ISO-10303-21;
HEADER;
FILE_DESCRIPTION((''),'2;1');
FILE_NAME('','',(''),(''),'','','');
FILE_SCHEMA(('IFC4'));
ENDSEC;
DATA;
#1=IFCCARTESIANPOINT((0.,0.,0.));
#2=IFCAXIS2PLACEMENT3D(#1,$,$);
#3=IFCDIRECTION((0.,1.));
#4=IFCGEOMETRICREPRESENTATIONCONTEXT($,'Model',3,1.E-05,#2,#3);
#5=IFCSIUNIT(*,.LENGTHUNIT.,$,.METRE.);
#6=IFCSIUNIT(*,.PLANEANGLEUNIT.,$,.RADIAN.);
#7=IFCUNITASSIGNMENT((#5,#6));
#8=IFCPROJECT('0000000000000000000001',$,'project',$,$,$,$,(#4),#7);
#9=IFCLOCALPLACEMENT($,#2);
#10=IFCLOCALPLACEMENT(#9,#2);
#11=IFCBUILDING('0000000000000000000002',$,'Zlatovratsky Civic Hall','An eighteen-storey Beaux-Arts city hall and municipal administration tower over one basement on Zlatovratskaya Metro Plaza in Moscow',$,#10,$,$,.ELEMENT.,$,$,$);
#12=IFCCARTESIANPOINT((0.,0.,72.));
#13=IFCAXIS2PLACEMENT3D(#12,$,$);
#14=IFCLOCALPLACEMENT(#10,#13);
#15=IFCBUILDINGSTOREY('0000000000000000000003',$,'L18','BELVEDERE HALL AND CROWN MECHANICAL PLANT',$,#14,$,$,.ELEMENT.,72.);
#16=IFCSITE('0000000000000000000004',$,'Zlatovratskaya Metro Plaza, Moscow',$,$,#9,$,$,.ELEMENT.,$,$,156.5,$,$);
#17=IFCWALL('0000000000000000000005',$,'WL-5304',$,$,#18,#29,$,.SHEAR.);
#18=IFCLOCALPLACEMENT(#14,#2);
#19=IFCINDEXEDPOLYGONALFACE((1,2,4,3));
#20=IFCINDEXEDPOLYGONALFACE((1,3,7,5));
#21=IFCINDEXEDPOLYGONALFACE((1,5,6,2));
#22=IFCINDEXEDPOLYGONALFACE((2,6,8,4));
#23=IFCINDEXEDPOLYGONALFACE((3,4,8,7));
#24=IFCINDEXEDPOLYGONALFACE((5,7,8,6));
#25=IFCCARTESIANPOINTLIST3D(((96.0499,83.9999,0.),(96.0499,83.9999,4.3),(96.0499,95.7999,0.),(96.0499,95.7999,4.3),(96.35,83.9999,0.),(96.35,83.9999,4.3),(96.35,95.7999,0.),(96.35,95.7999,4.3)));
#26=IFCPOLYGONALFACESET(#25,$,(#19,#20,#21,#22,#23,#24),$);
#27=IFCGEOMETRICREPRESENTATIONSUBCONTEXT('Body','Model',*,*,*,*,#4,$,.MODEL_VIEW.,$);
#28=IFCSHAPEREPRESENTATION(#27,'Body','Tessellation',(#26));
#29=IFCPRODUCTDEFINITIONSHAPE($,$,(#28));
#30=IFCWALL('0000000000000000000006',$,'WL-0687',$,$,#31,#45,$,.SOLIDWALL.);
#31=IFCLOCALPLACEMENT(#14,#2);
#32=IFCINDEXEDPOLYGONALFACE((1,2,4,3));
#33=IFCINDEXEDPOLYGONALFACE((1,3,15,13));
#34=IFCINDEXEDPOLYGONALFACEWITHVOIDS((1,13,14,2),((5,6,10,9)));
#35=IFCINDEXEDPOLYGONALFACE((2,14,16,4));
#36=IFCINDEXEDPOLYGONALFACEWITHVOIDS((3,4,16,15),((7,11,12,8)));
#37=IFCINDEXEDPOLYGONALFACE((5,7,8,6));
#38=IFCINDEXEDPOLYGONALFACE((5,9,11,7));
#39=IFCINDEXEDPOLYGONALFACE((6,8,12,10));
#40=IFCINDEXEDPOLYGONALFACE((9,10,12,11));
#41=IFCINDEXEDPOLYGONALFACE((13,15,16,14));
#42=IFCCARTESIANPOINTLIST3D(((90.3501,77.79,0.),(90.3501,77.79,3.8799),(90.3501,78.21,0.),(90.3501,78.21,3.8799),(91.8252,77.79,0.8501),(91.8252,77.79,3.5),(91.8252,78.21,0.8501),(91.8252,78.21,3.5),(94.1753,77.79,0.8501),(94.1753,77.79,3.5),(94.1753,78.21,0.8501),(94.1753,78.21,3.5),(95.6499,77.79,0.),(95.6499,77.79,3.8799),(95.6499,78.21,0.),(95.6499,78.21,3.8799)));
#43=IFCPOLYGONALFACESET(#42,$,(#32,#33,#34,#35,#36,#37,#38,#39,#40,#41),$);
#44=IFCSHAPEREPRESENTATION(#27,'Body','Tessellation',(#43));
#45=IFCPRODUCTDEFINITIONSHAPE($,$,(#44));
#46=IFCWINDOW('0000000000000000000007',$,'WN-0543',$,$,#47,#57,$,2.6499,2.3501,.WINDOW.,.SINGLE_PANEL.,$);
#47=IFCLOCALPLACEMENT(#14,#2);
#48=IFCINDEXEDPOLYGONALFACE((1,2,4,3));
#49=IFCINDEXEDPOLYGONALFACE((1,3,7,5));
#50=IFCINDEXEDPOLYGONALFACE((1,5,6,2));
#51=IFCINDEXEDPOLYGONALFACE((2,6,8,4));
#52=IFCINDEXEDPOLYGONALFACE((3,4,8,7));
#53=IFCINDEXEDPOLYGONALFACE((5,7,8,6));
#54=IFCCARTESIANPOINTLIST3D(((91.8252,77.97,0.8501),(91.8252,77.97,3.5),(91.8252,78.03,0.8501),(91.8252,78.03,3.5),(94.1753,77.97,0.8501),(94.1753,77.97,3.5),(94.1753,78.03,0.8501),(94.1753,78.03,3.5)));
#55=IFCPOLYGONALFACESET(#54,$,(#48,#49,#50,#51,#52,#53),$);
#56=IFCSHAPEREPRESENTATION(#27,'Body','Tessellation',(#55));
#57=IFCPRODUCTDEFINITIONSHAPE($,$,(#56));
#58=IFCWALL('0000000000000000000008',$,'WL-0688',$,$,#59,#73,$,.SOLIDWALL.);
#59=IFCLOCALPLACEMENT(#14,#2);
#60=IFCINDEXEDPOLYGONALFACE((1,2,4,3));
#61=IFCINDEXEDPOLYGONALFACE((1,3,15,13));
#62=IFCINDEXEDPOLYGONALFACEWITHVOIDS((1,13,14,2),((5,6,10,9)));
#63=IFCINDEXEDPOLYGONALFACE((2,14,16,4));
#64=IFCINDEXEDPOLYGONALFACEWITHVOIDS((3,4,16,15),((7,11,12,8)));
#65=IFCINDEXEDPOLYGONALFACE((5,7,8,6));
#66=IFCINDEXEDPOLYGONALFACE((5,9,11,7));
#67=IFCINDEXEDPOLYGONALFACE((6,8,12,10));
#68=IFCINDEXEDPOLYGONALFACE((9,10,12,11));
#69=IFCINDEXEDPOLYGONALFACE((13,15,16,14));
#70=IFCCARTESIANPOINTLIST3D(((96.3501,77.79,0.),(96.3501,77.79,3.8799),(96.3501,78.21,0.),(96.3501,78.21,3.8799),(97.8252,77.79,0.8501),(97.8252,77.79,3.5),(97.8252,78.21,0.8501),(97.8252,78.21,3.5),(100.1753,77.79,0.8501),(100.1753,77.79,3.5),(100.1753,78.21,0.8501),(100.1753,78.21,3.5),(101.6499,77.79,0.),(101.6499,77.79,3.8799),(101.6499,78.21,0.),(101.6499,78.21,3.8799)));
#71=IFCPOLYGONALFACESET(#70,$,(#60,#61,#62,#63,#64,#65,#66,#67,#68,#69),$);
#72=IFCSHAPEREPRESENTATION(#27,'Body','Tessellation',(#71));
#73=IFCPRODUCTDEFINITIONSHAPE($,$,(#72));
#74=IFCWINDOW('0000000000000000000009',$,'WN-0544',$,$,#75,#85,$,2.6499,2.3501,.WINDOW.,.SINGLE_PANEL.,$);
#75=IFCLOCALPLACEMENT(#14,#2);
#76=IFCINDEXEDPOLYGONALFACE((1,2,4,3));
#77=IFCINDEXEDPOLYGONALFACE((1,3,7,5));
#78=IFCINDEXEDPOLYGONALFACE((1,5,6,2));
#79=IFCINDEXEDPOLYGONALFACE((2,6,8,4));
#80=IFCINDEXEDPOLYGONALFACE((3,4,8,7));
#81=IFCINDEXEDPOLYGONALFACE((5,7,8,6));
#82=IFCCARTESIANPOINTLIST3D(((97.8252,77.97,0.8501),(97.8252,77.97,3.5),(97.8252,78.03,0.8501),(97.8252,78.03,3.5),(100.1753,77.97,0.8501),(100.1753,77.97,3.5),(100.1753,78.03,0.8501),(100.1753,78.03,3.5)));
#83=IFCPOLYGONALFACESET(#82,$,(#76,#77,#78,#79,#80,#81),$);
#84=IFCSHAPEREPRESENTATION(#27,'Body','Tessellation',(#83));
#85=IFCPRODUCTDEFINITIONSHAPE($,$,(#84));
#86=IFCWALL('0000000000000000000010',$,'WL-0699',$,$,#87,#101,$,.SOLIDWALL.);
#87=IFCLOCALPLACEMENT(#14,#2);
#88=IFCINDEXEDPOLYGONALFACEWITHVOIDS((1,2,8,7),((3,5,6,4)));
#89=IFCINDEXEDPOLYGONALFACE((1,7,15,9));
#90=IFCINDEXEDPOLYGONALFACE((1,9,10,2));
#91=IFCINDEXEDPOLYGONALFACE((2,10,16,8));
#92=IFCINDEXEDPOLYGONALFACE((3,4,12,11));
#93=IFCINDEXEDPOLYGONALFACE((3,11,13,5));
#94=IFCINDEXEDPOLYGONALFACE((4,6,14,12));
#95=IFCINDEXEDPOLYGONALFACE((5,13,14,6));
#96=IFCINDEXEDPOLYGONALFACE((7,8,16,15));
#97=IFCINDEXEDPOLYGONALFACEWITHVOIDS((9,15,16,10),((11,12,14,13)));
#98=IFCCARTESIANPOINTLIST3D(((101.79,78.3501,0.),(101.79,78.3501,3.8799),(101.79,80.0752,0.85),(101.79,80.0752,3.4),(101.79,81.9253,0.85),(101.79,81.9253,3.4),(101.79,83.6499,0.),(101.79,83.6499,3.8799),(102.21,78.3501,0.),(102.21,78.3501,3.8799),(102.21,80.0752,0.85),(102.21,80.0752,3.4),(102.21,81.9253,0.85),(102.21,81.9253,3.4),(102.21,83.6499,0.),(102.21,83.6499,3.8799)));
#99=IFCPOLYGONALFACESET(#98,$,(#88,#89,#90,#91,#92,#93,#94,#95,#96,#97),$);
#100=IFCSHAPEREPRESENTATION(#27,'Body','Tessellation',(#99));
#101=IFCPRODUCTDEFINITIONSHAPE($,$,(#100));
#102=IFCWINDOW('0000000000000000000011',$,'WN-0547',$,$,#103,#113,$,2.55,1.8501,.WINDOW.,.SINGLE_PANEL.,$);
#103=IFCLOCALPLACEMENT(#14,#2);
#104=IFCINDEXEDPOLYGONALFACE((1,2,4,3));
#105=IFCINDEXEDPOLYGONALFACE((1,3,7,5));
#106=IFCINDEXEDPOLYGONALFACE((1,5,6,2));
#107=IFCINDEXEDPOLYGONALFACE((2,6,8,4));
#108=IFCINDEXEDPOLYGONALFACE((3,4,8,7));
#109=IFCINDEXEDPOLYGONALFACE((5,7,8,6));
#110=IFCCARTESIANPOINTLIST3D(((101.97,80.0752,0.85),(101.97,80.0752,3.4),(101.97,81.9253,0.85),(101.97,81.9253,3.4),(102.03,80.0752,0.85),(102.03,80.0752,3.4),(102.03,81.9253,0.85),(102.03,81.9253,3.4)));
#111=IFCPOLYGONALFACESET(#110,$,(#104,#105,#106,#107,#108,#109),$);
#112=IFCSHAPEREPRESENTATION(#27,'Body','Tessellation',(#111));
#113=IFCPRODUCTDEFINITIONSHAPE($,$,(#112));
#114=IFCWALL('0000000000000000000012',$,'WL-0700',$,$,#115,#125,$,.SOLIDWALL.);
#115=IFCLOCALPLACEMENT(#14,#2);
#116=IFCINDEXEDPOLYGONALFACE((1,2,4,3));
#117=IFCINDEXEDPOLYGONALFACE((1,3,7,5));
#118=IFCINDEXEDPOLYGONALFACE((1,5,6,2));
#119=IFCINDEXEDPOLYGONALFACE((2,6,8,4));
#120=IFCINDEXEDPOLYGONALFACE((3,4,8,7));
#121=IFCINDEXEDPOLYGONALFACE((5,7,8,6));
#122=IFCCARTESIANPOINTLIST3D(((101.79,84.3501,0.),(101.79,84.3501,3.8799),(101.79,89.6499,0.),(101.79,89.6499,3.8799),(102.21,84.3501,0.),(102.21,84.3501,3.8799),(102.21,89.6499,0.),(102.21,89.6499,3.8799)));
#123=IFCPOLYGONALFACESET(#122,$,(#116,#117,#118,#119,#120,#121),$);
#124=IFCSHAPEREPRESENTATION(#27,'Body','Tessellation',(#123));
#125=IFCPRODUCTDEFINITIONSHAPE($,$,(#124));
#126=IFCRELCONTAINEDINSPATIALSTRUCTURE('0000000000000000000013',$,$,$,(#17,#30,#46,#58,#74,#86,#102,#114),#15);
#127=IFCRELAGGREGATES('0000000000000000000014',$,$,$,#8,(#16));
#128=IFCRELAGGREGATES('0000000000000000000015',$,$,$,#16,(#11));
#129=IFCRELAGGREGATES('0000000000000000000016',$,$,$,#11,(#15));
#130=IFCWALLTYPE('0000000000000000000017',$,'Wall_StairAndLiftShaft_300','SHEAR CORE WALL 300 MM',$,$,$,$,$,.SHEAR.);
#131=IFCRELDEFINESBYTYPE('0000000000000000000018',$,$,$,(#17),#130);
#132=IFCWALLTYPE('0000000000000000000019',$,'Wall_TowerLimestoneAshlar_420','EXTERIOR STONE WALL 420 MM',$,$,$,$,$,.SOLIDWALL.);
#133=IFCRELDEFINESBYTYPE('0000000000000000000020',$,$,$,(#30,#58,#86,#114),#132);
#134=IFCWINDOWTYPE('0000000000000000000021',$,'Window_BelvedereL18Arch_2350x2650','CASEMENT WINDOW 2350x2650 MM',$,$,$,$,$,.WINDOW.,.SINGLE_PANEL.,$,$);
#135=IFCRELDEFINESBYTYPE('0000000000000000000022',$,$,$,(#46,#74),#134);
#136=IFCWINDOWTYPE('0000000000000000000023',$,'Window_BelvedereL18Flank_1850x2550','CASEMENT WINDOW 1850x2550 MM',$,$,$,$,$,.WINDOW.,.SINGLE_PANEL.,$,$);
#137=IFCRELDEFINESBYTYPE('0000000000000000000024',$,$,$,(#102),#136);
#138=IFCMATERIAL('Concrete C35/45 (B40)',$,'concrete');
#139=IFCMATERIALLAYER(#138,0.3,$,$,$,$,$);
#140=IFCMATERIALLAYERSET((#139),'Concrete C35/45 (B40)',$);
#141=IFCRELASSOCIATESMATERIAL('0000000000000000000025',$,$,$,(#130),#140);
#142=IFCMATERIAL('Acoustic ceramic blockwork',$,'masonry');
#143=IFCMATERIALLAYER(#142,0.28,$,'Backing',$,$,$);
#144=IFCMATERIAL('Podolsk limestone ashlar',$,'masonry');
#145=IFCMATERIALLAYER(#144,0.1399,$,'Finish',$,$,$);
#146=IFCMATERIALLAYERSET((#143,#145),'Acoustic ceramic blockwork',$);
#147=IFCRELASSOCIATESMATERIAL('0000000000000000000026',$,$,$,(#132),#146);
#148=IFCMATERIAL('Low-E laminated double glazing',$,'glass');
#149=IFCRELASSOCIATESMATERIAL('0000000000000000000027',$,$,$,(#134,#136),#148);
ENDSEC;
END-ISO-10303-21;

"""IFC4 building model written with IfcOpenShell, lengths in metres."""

from ifc_helpers import new_model, si_unit, direction, frame, frame_2d, origin, place, context, subcontext, project, spatial, rectangle, extrude, material, layer, layer_set, type_object, element, fill, save


model = new_model("IFC4")

# Units and contexts
model_context = context("Model", 3, precision=1e-05, world=origin(), true_north=direction((0.0, 1.0)))
body_context = subcontext(model_context, "Body", "Model", "MODEL_VIEW")
ifc_project = project(units=[si_unit("LENGTHUNIT", "METRE"), si_unit("PLANEANGLEUNIT", "RADIAN")], contexts=[model_context])

# Site, building, storey
site_placement = place(None, origin())
site = spatial("IfcSite", under=ifc_project, at=site_placement, Name="Zlatovratskaya Metro Plaza, Moscow", CompositionType="ELEMENT", RefElevation=156.5)
building_placement = place(site_placement, origin())
building = spatial("IfcBuilding", under=site, at=building_placement, Name="Zlatovratsky Civic Hall", Description="An eighteen-storey Beaux-Arts city hall and municipal administration tower over one basement on Zlatovratskaya Metro Plaza in Moscow", CompositionType="ELEMENT")
storey_placement = place(building_placement, frame((0.0, 0.0, 72.0)))
storey = spatial("IfcBuildingStorey", under=building, at=storey_placement, Name="L18", Description="BELVEDERE HALL AND CROWN MECHANICAL PLANT", CompositionType="ELEMENT", Elevation=72.0)

# Shared definitions
ifc_material_1 = material(Name="Concrete C35/45 (B40)", Category="concrete")

# Shared definitions
ifc_material_2 = material(Name="Acoustic ceramic blockwork", Category="masonry")

# Shared definitions
ifc_layer_1 = layer(ifc_material_1, 0.3)
ifc_layer_set_1 = layer_set([ifc_layer_1], Name="Concrete C35/45 (B40)")
wall_type_1 = type_object("IfcWallType", Name="Wall_StairAndLiftShaft_300", Description="SHEAR CORE WALL 300 MM", PredefinedType="SHEAR", material=ifc_layer_set_1)

# Wall
wall_1_placement = place(storey_placement, frame((96.2, 84.0, 0.0), z_axis=(0.0, 0.0, 1.0), x_axis=(0.0, 1.0, 0.0)))
element("IfcWall", 1, at=wall_1_placement, inside=storey, type_object=wall_type_1, Name="WL-5304", PredefinedType="SHEAR", context=body_context, shape_type="SweptSolid", body=[
    extrude(rectangle(XDim=11.8, YDim=0.3, at=frame_2d((5.8999, 0.0))), origin(), (0.0, 0.0, 1.0), 4.3),
])

# Walls, openings, windows
ifc_layer_2 = layer(ifc_material_2, 0.28, Name="Backing")
ifc_material_3 = material(Name="Podolsk limestone ashlar", Category="masonry")
ifc_layer_3 = layer(ifc_material_3, 0.1399, Name="Finish")
ifc_layer_set_2 = layer_set([ifc_layer_2, ifc_layer_3], Name="Acoustic ceramic blockwork")
wall_type_2 = type_object("IfcWallType", Name="Wall_TowerLimestoneAshlar_420", Description="EXTERIOR STONE WALL 420 MM", PredefinedType="SOLIDWALL", material=ifc_layer_set_2)
wall_2_placement = place(storey_placement, frame((90.3501, 78.0, 0.0), z_axis=(0.0, 0.0, 1.0), x_axis=(1.0, 0.0, 0.0)))
wall_2 = element("IfcWall", 2, at=wall_2_placement, inside=storey, type_object=wall_type_2, Name="WL-0687", PredefinedType="SOLIDWALL", context=body_context, shape_type="SweptSolid", body=[
    extrude(rectangle(XDim=5.2998, YDim=0.4199, at=frame_2d((2.6499, 0.0))), origin(), (0.0, 0.0, 1.0), 3.8799),
])
opening_1_placement = place(wall_2_placement, frame((1.4751, 0.0, 0.8501)))
opening_1 = element("IfcOpeningElement", 3, at=opening_1_placement, cuts=wall_2, PredefinedType="OPENING", context=body_context, shape_type="SweptSolid", body=[
    extrude(rectangle(XDim=2.3501, YDim=2.6499, at=frame_2d((1.175, 1.325))), frame((0.0, 0.2249, 0.0), z_axis=(0.0, -1.0, 0.0), x_axis=(1.0, 0.0, 0.0)), (0.0, 0.0, 1.0), 0.4497),
])
ifc_material_4 = material(Name="Low-E laminated double glazing", Category="glass")
window_type_1 = type_object("IfcWindowType", Name="Window_BelvedereL18Arch_2350x2650", Description="CASEMENT WINDOW 2350x2650 MM", PartitioningType="SINGLE_PANEL", PredefinedType="WINDOW", material=ifc_material_4)
window_1_placement = place(opening_1_placement, origin())
window_1 = element("IfcWindow", 4, at=window_1_placement, inside=storey, type_object=window_type_1, Name="WN-0543", OverallHeight=2.6499, OverallWidth=2.3501, PartitioningType="SINGLE_PANEL", PredefinedType="WINDOW", context=body_context, shape_type="SweptSolid", body=[
    extrude(rectangle(XDim=2.3501, YDim=2.6499, at=frame_2d((1.175, 1.325))), frame((0.0, 0.03, 0.0), z_axis=(0.0, -1.0, 0.0), x_axis=(1.0, 0.0, 0.0)), (0.0, 0.0, 1.0), 0.0601),
])
fill(opening_1, window_1)
wall_3_placement = place(storey_placement, frame((96.3501, 78.0, 0.0), z_axis=(0.0, 0.0, 1.0), x_axis=(1.0, 0.0, 0.0)))
wall_3 = element("IfcWall", 5, at=wall_3_placement, inside=storey, type_object=wall_type_2, Name="WL-0688", PredefinedType="SOLIDWALL", context=body_context, shape_type="SweptSolid", body=[
    extrude(rectangle(XDim=5.2998, YDim=0.4199, at=frame_2d((2.6499, 0.0))), origin(), (0.0, 0.0, 1.0), 3.8799),
])
opening_2_placement = place(wall_3_placement, frame((1.4751, 0.0, 0.8501)))
opening_2 = element("IfcOpeningElement", 6, at=opening_2_placement, cuts=wall_3, PredefinedType="OPENING", context=body_context, shape_type="SweptSolid", body=[
    extrude(rectangle(XDim=2.3501, YDim=2.6499, at=frame_2d((1.175, 1.325))), frame((0.0, 0.2249, 0.0), z_axis=(0.0, -1.0, 0.0), x_axis=(1.0, 0.0, 0.0)), (0.0, 0.0, 1.0), 0.4497),
])
window_2_placement = place(opening_2_placement, origin())
window_2 = element("IfcWindow", 7, at=window_2_placement, inside=storey, type_object=window_type_1, Name="WN-0544", OverallHeight=2.6499, OverallWidth=2.3501, PartitioningType="SINGLE_PANEL", PredefinedType="WINDOW", context=body_context, shape_type="SweptSolid", body=[
    extrude(rectangle(XDim=2.3501, YDim=2.6499, at=frame_2d((1.175, 1.325))), frame((0.0, 0.03, 0.0), z_axis=(0.0, -1.0, 0.0), x_axis=(1.0, 0.0, 0.0)), (0.0, 0.0, 1.0), 0.0601),
])
fill(opening_2, window_2)
wall_4_placement = place(storey_placement, frame((102.0, 78.3501, 0.0), z_axis=(0.0, 0.0, 1.0), x_axis=(0.0, 1.0, 0.0)))
wall_4 = element("IfcWall", 8, at=wall_4_placement, inside=storey, type_object=wall_type_2, Name="WL-0699", PredefinedType="SOLIDWALL", context=body_context, shape_type="SweptSolid", body=[
    extrude(rectangle(XDim=5.2998, YDim=0.4199, at=frame_2d((2.6499, 0.0))), origin(), (0.0, 0.0, 1.0), 3.8799),
])
opening_3_placement = place(wall_4_placement, frame((1.7251, 0.0, 0.8501)))
opening_3 = element("IfcOpeningElement", 9, at=opening_3_placement, cuts=wall_4, PredefinedType="OPENING", context=body_context, shape_type="SweptSolid", body=[
    extrude(rectangle(XDim=1.8501, YDim=2.55, at=frame_2d((0.925, 1.2749))), frame((0.0, 0.2249, 0.0), z_axis=(0.0, -1.0, 0.0), x_axis=(1.0, 0.0, 0.0)), (0.0, 0.0, 1.0), 0.4497),
])
window_type_2 = type_object("IfcWindowType", Name="Window_BelvedereL18Flank_1850x2550", Description="CASEMENT WINDOW 1850x2550 MM", PartitioningType="SINGLE_PANEL", PredefinedType="WINDOW", material=ifc_material_4)
window_3_placement = place(opening_3_placement, origin())
window_3 = element("IfcWindow", 10, at=window_3_placement, inside=storey, type_object=window_type_2, Name="WN-0547", OverallHeight=2.55, OverallWidth=1.8501, PartitioningType="SINGLE_PANEL", PredefinedType="WINDOW", context=body_context, shape_type="SweptSolid", body=[
    extrude(rectangle(XDim=1.8501, YDim=2.55, at=frame_2d((0.925, 1.2749))), frame((0.0, 0.03, 0.0), z_axis=(0.0, -1.0, 0.0), x_axis=(1.0, 0.0, 0.0)), (0.0, 0.0, 1.0), 0.0601),
])
fill(opening_3, window_3)

# Wall
wall_5_placement = place(storey_placement, frame((102.0, 84.3501, 0.0), z_axis=(0.0, 0.0, 1.0), x_axis=(0.0, 1.0, 0.0)))
element("IfcWall", 11, at=wall_5_placement, inside=storey, type_object=wall_type_2, Name="WL-0700", PredefinedType="SOLIDWALL", context=body_context, shape_type="SweptSolid", body=[
    extrude(rectangle(XDim=5.2998, YDim=0.4199, at=frame_2d((2.6499, 0.0))), origin(), (0.0, 0.0, 1.0), 3.8799),
])

save(model, "model.ifc")
